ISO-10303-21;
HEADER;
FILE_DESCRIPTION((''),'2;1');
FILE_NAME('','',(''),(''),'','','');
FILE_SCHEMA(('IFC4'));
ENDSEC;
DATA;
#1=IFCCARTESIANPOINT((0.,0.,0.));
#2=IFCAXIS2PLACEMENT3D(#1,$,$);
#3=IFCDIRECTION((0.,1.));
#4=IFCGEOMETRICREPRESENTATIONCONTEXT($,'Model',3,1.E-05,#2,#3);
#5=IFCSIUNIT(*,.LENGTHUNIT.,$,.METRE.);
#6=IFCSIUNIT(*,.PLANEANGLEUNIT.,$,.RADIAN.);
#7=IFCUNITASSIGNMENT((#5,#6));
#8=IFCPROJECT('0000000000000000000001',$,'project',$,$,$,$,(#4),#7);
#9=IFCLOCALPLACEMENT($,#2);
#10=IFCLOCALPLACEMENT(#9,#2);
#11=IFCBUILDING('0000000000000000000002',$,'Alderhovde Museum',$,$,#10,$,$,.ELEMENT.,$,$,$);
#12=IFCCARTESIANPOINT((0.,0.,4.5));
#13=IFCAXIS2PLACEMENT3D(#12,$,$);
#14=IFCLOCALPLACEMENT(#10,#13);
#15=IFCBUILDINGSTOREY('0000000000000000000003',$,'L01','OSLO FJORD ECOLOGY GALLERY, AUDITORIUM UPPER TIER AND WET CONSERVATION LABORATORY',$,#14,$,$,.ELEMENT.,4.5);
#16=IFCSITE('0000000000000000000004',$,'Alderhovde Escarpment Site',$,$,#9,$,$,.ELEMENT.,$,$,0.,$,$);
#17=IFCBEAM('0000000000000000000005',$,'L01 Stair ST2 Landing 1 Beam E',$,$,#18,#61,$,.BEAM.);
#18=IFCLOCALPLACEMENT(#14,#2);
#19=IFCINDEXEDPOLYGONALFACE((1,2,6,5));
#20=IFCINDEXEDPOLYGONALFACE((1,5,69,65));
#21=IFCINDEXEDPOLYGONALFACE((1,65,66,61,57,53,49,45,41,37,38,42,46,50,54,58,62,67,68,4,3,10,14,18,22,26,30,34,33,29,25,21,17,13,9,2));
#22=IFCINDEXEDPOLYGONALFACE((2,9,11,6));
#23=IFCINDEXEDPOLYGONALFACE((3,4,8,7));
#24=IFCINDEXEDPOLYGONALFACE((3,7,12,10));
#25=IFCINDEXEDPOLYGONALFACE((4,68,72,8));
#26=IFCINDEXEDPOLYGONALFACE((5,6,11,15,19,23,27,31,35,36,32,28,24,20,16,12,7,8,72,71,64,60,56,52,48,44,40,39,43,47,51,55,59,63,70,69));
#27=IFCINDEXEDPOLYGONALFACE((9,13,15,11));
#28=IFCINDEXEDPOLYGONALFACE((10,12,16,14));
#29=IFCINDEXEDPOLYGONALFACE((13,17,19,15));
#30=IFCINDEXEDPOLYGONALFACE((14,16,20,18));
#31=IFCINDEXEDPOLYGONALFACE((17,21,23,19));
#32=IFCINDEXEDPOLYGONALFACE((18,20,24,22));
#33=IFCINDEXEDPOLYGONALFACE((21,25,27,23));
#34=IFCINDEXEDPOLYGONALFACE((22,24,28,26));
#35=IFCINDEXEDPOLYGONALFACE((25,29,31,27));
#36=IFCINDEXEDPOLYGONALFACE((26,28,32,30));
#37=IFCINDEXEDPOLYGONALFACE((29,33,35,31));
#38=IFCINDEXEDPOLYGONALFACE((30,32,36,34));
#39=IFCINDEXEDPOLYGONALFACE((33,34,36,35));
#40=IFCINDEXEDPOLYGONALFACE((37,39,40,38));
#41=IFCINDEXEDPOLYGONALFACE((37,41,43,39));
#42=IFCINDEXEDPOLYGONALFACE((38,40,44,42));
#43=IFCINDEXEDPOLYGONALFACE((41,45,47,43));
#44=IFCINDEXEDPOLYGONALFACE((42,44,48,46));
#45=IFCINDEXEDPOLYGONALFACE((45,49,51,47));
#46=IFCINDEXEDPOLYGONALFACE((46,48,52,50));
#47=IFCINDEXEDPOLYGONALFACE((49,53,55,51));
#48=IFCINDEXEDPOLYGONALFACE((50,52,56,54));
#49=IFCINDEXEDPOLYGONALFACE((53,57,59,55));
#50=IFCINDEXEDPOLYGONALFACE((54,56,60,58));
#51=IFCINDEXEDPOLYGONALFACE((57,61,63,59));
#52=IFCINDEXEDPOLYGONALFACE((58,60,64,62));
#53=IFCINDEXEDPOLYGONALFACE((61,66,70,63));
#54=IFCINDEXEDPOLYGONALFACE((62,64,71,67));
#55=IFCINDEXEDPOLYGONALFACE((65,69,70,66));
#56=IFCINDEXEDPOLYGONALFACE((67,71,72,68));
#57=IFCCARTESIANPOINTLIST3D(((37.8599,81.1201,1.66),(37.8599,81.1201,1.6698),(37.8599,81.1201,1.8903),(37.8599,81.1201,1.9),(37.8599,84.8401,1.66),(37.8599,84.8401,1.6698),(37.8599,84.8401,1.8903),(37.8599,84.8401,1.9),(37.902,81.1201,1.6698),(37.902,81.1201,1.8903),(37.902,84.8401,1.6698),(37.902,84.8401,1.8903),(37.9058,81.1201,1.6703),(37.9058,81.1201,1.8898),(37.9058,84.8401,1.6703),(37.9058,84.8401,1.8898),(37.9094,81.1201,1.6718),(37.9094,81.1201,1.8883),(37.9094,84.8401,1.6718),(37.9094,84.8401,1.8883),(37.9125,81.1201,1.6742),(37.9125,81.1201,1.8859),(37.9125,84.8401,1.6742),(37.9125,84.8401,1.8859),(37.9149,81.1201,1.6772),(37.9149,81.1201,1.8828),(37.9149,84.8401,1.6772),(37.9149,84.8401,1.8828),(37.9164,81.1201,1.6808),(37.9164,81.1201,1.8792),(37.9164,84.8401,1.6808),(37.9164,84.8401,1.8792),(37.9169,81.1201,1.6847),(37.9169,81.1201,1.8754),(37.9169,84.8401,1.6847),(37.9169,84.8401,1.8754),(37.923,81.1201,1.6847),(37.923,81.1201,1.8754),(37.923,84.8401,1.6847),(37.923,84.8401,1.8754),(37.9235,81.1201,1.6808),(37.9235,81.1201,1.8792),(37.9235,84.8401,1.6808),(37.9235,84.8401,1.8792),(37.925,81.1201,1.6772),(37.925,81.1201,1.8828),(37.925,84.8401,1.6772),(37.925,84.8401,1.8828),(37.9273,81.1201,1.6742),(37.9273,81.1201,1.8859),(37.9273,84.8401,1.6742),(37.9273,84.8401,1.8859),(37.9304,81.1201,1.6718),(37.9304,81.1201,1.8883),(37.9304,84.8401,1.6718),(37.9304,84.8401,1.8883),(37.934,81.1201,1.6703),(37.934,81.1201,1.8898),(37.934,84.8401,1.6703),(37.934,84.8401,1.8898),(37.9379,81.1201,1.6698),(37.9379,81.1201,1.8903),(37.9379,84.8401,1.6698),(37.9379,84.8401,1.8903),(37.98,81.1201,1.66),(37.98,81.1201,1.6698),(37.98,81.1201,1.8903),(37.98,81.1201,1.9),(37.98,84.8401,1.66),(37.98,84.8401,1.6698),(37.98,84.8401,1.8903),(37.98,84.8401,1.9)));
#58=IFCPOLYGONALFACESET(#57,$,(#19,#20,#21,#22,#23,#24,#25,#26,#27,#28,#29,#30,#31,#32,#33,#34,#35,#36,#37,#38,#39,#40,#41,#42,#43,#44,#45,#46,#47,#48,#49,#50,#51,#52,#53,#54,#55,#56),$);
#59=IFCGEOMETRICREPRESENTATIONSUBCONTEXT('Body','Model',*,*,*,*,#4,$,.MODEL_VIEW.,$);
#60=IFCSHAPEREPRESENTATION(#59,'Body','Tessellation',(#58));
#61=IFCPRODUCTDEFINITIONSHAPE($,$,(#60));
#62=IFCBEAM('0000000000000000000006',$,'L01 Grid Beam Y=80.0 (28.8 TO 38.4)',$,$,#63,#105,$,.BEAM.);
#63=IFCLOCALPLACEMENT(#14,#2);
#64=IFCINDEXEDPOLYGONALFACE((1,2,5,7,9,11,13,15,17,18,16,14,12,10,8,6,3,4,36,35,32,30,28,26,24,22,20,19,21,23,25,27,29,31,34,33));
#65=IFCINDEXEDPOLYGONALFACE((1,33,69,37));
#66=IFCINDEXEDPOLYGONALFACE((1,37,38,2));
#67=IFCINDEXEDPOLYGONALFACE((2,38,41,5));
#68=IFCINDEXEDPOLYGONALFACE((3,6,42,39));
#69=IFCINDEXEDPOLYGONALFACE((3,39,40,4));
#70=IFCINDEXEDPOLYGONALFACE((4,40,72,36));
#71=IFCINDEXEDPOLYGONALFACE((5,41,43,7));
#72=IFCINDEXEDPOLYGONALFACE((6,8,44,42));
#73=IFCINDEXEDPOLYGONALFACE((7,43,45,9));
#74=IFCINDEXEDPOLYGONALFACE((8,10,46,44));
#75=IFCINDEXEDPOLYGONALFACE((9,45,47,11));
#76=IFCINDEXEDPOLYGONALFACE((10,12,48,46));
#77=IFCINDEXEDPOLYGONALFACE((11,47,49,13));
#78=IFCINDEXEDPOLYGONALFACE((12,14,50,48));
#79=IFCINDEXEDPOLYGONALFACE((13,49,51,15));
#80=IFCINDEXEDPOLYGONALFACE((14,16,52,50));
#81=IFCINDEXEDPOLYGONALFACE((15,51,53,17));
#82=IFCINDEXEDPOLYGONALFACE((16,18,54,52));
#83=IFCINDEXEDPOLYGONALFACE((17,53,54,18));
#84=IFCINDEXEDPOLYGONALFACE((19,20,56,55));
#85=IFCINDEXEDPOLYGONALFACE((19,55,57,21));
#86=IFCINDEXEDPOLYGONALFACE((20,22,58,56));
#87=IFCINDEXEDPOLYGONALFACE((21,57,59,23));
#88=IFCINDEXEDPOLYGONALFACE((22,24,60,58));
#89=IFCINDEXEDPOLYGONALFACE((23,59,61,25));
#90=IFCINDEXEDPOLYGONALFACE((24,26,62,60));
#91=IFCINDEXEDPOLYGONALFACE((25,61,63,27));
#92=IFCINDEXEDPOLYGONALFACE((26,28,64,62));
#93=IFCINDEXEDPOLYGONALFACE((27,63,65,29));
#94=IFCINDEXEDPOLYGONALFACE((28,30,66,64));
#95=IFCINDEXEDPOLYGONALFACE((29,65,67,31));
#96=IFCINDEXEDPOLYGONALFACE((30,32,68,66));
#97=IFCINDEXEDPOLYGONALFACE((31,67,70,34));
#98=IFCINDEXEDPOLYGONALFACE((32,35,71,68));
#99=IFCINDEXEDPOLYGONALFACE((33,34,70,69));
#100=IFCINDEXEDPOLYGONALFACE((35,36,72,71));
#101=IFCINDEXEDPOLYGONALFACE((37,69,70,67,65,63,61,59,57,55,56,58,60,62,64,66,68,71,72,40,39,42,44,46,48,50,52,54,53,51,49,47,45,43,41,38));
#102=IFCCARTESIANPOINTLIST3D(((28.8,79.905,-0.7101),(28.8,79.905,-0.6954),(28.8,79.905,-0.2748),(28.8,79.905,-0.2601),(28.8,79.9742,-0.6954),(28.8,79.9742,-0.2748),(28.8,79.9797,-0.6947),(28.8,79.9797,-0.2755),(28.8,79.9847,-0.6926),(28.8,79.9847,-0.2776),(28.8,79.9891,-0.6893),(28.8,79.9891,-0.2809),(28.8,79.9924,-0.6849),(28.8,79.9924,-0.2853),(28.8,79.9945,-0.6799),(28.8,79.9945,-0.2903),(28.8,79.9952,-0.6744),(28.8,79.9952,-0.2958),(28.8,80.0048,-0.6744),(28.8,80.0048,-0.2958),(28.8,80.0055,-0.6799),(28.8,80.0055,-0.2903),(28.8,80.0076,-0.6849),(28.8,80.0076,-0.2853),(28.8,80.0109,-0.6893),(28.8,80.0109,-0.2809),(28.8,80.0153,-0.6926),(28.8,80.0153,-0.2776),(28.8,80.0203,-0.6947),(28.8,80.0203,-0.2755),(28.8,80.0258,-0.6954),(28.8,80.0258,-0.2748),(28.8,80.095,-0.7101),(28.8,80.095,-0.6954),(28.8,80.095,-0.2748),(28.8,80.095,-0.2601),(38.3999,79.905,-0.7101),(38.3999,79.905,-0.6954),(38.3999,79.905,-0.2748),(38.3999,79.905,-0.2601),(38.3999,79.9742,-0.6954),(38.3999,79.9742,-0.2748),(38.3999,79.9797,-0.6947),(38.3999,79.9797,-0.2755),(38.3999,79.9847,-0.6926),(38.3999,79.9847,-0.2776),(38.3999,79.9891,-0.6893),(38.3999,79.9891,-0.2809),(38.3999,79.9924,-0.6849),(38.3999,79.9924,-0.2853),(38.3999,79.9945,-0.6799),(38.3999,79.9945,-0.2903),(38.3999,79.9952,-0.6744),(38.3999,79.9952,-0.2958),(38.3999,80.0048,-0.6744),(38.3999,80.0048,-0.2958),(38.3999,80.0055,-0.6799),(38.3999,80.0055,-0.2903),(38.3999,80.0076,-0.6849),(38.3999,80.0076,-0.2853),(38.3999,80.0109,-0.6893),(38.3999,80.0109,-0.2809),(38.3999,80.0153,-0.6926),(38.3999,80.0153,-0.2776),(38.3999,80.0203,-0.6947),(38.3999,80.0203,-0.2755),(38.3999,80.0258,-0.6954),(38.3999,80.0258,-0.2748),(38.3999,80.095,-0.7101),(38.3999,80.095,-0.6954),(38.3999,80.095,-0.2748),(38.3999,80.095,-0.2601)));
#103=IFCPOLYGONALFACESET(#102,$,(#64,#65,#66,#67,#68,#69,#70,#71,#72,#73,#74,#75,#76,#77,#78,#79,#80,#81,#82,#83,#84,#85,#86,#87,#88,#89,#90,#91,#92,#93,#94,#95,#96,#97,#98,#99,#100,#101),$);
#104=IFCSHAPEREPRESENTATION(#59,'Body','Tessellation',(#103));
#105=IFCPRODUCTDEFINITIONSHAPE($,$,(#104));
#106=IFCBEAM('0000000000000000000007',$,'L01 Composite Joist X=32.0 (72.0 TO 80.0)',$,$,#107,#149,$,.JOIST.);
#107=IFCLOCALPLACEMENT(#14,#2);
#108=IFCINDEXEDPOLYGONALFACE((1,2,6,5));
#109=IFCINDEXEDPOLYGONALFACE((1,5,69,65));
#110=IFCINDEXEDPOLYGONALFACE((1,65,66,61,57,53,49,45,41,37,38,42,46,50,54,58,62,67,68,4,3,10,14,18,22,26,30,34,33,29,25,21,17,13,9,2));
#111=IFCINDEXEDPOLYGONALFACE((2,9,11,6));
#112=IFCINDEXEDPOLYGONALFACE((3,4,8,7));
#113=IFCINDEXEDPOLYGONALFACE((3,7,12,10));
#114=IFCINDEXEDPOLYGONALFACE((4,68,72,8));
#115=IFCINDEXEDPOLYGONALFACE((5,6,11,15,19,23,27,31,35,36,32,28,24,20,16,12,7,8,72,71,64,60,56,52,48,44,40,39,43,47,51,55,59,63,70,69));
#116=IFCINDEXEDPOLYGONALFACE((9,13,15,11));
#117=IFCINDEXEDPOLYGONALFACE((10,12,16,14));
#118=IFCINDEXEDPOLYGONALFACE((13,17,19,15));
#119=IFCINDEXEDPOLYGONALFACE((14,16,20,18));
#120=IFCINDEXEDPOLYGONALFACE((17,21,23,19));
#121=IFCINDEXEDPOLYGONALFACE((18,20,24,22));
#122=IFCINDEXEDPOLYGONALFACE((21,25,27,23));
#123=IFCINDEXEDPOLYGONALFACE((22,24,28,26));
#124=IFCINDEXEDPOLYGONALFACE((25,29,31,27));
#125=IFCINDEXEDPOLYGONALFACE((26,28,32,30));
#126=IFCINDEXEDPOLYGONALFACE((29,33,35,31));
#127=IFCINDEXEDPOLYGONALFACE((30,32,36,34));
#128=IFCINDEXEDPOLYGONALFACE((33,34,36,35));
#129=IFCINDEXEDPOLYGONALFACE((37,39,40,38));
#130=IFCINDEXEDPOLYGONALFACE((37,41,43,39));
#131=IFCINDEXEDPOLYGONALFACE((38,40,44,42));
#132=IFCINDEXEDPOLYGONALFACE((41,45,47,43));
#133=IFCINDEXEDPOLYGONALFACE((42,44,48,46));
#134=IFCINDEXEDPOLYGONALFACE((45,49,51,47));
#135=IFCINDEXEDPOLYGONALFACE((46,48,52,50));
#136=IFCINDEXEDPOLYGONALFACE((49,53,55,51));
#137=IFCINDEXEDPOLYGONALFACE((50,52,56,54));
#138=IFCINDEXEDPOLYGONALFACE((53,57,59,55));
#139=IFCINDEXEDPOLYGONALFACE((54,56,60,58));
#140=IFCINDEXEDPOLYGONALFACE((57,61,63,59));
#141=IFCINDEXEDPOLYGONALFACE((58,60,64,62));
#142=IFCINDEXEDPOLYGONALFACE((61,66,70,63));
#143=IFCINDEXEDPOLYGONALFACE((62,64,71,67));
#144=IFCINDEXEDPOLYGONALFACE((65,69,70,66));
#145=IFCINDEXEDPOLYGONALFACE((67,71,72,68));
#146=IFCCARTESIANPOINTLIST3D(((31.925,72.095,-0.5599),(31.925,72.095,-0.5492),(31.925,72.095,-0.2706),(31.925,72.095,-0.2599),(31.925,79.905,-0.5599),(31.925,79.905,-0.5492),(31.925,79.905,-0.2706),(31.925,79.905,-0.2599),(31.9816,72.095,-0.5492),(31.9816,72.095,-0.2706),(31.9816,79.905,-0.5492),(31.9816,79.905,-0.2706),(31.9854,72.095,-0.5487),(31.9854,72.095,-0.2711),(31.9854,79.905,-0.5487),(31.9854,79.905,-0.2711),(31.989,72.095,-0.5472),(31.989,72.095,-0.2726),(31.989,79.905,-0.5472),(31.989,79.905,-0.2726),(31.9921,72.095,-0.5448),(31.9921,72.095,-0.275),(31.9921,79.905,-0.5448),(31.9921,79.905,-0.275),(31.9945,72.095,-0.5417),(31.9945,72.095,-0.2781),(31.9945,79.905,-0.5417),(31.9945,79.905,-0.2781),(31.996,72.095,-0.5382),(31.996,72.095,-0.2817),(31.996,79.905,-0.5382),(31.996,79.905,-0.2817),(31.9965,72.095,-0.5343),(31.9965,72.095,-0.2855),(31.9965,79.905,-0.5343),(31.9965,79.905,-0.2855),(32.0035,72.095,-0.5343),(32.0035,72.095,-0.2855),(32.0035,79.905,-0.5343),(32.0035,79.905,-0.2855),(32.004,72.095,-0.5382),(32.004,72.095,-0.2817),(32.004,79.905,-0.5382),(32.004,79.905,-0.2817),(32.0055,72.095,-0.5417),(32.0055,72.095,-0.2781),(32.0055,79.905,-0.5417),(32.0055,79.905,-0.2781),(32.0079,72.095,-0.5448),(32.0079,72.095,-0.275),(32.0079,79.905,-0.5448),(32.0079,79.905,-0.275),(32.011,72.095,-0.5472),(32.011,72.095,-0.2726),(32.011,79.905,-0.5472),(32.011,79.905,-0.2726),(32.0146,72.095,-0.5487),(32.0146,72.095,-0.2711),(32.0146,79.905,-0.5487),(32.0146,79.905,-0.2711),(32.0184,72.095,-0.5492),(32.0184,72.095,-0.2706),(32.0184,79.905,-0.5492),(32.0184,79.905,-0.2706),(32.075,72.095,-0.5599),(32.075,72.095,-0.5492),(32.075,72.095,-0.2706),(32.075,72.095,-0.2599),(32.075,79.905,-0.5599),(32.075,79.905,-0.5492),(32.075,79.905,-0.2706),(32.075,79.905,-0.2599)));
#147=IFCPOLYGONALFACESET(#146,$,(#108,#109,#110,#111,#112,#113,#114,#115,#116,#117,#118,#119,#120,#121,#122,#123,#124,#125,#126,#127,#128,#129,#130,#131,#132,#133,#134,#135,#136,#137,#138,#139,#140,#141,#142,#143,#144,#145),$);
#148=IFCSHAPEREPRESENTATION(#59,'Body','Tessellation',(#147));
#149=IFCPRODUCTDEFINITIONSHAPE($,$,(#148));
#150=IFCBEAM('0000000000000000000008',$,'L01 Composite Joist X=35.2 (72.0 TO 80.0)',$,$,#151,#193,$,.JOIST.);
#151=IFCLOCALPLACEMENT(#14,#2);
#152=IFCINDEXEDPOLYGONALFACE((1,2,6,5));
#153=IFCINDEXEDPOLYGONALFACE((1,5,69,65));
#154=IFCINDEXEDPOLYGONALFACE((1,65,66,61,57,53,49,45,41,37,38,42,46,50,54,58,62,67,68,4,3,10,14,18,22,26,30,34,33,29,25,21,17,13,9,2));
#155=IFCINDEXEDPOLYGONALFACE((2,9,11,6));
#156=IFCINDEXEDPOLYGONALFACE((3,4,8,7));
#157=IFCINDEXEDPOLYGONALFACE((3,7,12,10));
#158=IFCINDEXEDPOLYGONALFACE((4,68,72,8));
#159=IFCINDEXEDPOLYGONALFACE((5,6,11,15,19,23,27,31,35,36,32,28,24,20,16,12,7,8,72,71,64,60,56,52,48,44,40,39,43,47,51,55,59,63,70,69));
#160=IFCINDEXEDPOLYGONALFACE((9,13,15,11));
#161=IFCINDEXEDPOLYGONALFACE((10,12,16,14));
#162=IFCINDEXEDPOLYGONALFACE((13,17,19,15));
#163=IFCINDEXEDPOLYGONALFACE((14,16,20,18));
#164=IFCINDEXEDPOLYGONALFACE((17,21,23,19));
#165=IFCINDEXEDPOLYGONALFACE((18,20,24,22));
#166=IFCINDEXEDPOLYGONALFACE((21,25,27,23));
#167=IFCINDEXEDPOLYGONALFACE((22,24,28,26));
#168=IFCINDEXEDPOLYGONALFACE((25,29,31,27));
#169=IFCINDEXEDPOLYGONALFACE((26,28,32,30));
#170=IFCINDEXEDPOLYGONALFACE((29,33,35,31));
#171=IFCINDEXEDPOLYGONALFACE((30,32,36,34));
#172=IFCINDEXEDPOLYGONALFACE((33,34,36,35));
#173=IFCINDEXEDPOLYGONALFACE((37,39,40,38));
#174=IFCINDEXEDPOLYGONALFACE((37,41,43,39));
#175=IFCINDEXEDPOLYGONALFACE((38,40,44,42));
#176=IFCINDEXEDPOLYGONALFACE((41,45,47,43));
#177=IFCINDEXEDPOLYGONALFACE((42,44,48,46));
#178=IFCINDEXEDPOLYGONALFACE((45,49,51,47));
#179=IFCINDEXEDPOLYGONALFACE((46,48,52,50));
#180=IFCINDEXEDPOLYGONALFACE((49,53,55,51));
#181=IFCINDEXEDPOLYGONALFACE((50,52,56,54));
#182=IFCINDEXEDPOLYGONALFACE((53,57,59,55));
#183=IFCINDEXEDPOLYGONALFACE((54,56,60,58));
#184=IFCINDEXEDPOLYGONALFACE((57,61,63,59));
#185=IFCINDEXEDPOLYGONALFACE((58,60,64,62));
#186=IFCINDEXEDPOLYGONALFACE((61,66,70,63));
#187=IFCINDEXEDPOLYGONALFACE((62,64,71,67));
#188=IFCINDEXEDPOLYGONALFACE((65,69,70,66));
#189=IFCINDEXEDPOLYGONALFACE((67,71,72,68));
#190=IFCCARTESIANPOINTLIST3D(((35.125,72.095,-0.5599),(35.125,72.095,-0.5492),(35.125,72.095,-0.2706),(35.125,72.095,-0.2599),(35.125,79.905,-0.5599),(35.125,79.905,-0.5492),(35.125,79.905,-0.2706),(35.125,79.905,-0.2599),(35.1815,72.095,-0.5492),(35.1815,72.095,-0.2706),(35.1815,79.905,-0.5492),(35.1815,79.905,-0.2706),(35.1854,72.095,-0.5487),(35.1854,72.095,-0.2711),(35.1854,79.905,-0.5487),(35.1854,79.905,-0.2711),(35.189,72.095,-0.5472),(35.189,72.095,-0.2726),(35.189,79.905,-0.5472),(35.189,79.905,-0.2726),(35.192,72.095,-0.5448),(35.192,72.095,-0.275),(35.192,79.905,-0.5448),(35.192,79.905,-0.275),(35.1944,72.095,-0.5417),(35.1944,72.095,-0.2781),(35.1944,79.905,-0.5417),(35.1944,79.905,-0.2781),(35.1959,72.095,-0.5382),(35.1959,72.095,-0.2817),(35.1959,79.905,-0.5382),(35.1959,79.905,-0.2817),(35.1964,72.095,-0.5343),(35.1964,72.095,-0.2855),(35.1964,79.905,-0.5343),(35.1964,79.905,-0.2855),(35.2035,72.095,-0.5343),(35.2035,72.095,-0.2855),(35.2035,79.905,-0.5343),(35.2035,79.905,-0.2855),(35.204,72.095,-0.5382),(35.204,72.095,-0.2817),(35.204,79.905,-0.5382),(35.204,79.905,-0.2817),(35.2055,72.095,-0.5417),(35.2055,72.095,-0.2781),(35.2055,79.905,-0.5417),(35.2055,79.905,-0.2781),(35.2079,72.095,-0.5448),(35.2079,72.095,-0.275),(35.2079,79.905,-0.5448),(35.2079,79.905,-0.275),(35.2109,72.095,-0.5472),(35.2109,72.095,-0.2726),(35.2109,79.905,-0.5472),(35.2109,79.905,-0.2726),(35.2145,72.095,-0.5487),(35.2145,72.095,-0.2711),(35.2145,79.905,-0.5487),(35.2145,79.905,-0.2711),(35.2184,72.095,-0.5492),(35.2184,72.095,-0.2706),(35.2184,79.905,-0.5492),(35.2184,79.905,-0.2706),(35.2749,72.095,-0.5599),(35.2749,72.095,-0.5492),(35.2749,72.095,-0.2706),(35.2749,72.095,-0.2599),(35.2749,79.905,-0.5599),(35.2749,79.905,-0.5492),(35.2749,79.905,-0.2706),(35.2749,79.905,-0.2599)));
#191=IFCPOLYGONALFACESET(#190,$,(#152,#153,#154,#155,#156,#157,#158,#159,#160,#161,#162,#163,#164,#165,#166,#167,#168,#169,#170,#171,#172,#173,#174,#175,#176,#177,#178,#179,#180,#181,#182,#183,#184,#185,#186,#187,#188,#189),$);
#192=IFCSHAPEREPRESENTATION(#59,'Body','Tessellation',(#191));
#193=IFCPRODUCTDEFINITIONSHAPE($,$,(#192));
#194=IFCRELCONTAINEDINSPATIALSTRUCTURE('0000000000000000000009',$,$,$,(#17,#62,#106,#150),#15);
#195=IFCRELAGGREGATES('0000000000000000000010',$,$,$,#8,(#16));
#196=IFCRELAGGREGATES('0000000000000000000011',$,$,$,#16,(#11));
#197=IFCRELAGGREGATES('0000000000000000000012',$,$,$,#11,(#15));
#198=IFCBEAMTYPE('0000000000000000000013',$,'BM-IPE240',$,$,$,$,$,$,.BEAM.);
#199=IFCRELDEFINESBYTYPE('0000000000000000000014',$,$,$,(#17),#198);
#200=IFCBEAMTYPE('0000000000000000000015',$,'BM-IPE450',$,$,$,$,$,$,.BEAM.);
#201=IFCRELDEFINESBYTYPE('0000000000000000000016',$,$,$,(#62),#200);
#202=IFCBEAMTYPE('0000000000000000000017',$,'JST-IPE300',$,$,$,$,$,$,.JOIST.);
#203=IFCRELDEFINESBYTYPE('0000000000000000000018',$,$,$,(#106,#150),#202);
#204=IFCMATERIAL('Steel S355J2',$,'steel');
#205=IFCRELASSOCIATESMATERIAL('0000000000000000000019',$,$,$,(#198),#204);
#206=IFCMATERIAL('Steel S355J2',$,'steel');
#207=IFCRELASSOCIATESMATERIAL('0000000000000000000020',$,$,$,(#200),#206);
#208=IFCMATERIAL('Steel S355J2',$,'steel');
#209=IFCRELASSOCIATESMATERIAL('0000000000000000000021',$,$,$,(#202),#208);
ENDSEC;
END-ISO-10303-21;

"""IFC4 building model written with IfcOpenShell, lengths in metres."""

from ifc_helpers import new_model, si_unit, direction, frame, origin, origin_2d, place, context, subcontext, project, spatial, i_section, extrude, material, material_profile, profile_set, type_object, element, save


model = new_model("IFC4")

# Units and contexts
model_context = context("Model", 3, precision=1e-05, world=origin(), true_north=direction((0.0, 1.0)))
body_context = subcontext(model_context, "Body", "Model", "MODEL_VIEW")
ifc_project = project(units=[si_unit("LENGTHUNIT", "METRE"), si_unit("PLANEANGLEUNIT", "RADIAN")], contexts=[model_context])

# Site, building, storey
site_placement = place(None, origin())
site = spatial("IfcSite", under=ifc_project, at=site_placement, Name="Alderhovde Escarpment Site", CompositionType="ELEMENT", RefElevation=0.0)
building_placement = place(site_placement, origin())
building = spatial("IfcBuilding", under=site, at=building_placement, Name="Alderhovde Museum", CompositionType="ELEMENT")
storey_placement = place(building_placement, frame((0.0, 0.0, 4.5)))
storey = spatial("IfcBuildingStorey", under=building, at=storey_placement, Name="L01", Description="OSLO FJORD ECOLOGY GALLERY, AUDITORIUM UPPER TIER AND WET CONSERVATION LABORATORY", CompositionType="ELEMENT", Elevation=4.5)

# Beams
ifc_material_1 = material(Name="Steel S355J2", Category="steel")
ifc_material_profile_1 = material_profile(ifc_material_1, i_section(OverallWidth=0.1201, OverallDepth=0.24, WebThickness=0.0061, FlangeThickness=0.0098, FilletRadius=0.0149, at=origin_2d()), Name="IPE 240")
ifc_profile_set_1 = profile_set([ifc_material_profile_1], Name="Steel S355J2")
beam_type_1 = type_object("IfcBeamType", Name="BM-IPE240", PredefinedType="BEAM", material=ifc_profile_set_1)
for number, where, z_axis, x_axis, name in (
    (1, (37.9199, 81.1201, 1.78), (0.0, 1.0, 0.0), (-1.0, 0.0, 0.0), "L01 Stair ST2 Landing 1 Beam E"),
):
    element("IfcBeam", number, at=place(storey_placement, frame(where, z_axis=z_axis, x_axis=x_axis)), inside=storey, type_object=beam_type_1, Name=name, PredefinedType="BEAM", context=body_context, shape_type="SweptSolid", body=[
        extrude(i_section(OverallWidth=0.1201, OverallDepth=0.24, WebThickness=0.0061, FlangeThickness=0.0098, FilletRadius=0.0149, at=origin_2d()), origin(), (0.0, 0.0, 1.0), 3.72),
    ])
ifc_material_2 = material(Name="Steel S355J2", Category="steel")
ifc_material_profile_2 = material_profile(ifc_material_2, i_section(OverallWidth=0.1899, OverallDepth=0.45, WebThickness=0.0095, FlangeThickness=0.0146, FilletRadius=0.021, at=origin_2d()), Name="IPE 450")
ifc_profile_set_2 = profile_set([ifc_material_profile_2], Name="Steel S355J2")
beam_type_2 = type_object("IfcBeamType", Name="BM-IPE450", PredefinedType="BEAM", material=ifc_profile_set_2)
beam_1_placement = place(storey_placement, frame((28.8, 80.0, -0.4851), z_axis=(1.0, 0.0, 0.0), x_axis=(0.0, 1.0, 0.0)))
element("IfcBeam", 2, at=beam_1_placement, inside=storey, type_object=beam_type_2, Name="L01 Grid Beam Y=80.0 (28.8 TO 38.4)", PredefinedType="BEAM", context=body_context, shape_type="SweptSolid", body=[
    extrude(i_section(OverallWidth=0.1899, OverallDepth=0.45, WebThickness=0.0095, FlangeThickness=0.0146, FilletRadius=0.021, at=origin_2d()), origin(), (0.0, 0.0, 1.0), 9.5999),
])
ifc_material_3 = material(Name="Steel S355J2", Category="steel")
ifc_material_profile_3 = material_profile(ifc_material_3, i_section(OverallWidth=0.1499, OverallDepth=0.3, WebThickness=0.0071, FlangeThickness=0.0107, FilletRadius=0.0149, at=origin_2d()), Name="IPE 300")
ifc_profile_set_3 = profile_set([ifc_material_profile_3], Name="Steel S355J2")
beam_type_3 = type_object("IfcBeamType", Name="JST-IPE300", PredefinedType="JOIST", material=ifc_profile_set_3)
for number, where, z_axis, x_axis, name in (
    (3, (32.0, 72.095, -0.4099), (0.0, 1.0, 0.0), (-1.0, 0.0, 0.0), "L01 Composite Joist X=32.0 (72.0 TO 80.0)"),
    (4, (35.2, 72.095, -0.4099), (0.0, 1.0, 0.0), (-1.0, 0.0, 0.0), "L01 Composite Joist X=35.2 (72.0 TO 80.0)"),
):
    element("IfcBeam", number, at=place(storey_placement, frame(where, z_axis=z_axis, x_axis=x_axis)), inside=storey, type_object=beam_type_3, Name=name, PredefinedType="JOIST", context=body_context, shape_type="SweptSolid", body=[
        extrude(i_section(OverallWidth=0.1499, OverallDepth=0.3, WebThickness=0.0071, FlangeThickness=0.0107, FilletRadius=0.0149, at=origin_2d()), origin(), (0.0, 0.0, 1.0), 7.8101),
    ])

save(model, "model.ifc")
